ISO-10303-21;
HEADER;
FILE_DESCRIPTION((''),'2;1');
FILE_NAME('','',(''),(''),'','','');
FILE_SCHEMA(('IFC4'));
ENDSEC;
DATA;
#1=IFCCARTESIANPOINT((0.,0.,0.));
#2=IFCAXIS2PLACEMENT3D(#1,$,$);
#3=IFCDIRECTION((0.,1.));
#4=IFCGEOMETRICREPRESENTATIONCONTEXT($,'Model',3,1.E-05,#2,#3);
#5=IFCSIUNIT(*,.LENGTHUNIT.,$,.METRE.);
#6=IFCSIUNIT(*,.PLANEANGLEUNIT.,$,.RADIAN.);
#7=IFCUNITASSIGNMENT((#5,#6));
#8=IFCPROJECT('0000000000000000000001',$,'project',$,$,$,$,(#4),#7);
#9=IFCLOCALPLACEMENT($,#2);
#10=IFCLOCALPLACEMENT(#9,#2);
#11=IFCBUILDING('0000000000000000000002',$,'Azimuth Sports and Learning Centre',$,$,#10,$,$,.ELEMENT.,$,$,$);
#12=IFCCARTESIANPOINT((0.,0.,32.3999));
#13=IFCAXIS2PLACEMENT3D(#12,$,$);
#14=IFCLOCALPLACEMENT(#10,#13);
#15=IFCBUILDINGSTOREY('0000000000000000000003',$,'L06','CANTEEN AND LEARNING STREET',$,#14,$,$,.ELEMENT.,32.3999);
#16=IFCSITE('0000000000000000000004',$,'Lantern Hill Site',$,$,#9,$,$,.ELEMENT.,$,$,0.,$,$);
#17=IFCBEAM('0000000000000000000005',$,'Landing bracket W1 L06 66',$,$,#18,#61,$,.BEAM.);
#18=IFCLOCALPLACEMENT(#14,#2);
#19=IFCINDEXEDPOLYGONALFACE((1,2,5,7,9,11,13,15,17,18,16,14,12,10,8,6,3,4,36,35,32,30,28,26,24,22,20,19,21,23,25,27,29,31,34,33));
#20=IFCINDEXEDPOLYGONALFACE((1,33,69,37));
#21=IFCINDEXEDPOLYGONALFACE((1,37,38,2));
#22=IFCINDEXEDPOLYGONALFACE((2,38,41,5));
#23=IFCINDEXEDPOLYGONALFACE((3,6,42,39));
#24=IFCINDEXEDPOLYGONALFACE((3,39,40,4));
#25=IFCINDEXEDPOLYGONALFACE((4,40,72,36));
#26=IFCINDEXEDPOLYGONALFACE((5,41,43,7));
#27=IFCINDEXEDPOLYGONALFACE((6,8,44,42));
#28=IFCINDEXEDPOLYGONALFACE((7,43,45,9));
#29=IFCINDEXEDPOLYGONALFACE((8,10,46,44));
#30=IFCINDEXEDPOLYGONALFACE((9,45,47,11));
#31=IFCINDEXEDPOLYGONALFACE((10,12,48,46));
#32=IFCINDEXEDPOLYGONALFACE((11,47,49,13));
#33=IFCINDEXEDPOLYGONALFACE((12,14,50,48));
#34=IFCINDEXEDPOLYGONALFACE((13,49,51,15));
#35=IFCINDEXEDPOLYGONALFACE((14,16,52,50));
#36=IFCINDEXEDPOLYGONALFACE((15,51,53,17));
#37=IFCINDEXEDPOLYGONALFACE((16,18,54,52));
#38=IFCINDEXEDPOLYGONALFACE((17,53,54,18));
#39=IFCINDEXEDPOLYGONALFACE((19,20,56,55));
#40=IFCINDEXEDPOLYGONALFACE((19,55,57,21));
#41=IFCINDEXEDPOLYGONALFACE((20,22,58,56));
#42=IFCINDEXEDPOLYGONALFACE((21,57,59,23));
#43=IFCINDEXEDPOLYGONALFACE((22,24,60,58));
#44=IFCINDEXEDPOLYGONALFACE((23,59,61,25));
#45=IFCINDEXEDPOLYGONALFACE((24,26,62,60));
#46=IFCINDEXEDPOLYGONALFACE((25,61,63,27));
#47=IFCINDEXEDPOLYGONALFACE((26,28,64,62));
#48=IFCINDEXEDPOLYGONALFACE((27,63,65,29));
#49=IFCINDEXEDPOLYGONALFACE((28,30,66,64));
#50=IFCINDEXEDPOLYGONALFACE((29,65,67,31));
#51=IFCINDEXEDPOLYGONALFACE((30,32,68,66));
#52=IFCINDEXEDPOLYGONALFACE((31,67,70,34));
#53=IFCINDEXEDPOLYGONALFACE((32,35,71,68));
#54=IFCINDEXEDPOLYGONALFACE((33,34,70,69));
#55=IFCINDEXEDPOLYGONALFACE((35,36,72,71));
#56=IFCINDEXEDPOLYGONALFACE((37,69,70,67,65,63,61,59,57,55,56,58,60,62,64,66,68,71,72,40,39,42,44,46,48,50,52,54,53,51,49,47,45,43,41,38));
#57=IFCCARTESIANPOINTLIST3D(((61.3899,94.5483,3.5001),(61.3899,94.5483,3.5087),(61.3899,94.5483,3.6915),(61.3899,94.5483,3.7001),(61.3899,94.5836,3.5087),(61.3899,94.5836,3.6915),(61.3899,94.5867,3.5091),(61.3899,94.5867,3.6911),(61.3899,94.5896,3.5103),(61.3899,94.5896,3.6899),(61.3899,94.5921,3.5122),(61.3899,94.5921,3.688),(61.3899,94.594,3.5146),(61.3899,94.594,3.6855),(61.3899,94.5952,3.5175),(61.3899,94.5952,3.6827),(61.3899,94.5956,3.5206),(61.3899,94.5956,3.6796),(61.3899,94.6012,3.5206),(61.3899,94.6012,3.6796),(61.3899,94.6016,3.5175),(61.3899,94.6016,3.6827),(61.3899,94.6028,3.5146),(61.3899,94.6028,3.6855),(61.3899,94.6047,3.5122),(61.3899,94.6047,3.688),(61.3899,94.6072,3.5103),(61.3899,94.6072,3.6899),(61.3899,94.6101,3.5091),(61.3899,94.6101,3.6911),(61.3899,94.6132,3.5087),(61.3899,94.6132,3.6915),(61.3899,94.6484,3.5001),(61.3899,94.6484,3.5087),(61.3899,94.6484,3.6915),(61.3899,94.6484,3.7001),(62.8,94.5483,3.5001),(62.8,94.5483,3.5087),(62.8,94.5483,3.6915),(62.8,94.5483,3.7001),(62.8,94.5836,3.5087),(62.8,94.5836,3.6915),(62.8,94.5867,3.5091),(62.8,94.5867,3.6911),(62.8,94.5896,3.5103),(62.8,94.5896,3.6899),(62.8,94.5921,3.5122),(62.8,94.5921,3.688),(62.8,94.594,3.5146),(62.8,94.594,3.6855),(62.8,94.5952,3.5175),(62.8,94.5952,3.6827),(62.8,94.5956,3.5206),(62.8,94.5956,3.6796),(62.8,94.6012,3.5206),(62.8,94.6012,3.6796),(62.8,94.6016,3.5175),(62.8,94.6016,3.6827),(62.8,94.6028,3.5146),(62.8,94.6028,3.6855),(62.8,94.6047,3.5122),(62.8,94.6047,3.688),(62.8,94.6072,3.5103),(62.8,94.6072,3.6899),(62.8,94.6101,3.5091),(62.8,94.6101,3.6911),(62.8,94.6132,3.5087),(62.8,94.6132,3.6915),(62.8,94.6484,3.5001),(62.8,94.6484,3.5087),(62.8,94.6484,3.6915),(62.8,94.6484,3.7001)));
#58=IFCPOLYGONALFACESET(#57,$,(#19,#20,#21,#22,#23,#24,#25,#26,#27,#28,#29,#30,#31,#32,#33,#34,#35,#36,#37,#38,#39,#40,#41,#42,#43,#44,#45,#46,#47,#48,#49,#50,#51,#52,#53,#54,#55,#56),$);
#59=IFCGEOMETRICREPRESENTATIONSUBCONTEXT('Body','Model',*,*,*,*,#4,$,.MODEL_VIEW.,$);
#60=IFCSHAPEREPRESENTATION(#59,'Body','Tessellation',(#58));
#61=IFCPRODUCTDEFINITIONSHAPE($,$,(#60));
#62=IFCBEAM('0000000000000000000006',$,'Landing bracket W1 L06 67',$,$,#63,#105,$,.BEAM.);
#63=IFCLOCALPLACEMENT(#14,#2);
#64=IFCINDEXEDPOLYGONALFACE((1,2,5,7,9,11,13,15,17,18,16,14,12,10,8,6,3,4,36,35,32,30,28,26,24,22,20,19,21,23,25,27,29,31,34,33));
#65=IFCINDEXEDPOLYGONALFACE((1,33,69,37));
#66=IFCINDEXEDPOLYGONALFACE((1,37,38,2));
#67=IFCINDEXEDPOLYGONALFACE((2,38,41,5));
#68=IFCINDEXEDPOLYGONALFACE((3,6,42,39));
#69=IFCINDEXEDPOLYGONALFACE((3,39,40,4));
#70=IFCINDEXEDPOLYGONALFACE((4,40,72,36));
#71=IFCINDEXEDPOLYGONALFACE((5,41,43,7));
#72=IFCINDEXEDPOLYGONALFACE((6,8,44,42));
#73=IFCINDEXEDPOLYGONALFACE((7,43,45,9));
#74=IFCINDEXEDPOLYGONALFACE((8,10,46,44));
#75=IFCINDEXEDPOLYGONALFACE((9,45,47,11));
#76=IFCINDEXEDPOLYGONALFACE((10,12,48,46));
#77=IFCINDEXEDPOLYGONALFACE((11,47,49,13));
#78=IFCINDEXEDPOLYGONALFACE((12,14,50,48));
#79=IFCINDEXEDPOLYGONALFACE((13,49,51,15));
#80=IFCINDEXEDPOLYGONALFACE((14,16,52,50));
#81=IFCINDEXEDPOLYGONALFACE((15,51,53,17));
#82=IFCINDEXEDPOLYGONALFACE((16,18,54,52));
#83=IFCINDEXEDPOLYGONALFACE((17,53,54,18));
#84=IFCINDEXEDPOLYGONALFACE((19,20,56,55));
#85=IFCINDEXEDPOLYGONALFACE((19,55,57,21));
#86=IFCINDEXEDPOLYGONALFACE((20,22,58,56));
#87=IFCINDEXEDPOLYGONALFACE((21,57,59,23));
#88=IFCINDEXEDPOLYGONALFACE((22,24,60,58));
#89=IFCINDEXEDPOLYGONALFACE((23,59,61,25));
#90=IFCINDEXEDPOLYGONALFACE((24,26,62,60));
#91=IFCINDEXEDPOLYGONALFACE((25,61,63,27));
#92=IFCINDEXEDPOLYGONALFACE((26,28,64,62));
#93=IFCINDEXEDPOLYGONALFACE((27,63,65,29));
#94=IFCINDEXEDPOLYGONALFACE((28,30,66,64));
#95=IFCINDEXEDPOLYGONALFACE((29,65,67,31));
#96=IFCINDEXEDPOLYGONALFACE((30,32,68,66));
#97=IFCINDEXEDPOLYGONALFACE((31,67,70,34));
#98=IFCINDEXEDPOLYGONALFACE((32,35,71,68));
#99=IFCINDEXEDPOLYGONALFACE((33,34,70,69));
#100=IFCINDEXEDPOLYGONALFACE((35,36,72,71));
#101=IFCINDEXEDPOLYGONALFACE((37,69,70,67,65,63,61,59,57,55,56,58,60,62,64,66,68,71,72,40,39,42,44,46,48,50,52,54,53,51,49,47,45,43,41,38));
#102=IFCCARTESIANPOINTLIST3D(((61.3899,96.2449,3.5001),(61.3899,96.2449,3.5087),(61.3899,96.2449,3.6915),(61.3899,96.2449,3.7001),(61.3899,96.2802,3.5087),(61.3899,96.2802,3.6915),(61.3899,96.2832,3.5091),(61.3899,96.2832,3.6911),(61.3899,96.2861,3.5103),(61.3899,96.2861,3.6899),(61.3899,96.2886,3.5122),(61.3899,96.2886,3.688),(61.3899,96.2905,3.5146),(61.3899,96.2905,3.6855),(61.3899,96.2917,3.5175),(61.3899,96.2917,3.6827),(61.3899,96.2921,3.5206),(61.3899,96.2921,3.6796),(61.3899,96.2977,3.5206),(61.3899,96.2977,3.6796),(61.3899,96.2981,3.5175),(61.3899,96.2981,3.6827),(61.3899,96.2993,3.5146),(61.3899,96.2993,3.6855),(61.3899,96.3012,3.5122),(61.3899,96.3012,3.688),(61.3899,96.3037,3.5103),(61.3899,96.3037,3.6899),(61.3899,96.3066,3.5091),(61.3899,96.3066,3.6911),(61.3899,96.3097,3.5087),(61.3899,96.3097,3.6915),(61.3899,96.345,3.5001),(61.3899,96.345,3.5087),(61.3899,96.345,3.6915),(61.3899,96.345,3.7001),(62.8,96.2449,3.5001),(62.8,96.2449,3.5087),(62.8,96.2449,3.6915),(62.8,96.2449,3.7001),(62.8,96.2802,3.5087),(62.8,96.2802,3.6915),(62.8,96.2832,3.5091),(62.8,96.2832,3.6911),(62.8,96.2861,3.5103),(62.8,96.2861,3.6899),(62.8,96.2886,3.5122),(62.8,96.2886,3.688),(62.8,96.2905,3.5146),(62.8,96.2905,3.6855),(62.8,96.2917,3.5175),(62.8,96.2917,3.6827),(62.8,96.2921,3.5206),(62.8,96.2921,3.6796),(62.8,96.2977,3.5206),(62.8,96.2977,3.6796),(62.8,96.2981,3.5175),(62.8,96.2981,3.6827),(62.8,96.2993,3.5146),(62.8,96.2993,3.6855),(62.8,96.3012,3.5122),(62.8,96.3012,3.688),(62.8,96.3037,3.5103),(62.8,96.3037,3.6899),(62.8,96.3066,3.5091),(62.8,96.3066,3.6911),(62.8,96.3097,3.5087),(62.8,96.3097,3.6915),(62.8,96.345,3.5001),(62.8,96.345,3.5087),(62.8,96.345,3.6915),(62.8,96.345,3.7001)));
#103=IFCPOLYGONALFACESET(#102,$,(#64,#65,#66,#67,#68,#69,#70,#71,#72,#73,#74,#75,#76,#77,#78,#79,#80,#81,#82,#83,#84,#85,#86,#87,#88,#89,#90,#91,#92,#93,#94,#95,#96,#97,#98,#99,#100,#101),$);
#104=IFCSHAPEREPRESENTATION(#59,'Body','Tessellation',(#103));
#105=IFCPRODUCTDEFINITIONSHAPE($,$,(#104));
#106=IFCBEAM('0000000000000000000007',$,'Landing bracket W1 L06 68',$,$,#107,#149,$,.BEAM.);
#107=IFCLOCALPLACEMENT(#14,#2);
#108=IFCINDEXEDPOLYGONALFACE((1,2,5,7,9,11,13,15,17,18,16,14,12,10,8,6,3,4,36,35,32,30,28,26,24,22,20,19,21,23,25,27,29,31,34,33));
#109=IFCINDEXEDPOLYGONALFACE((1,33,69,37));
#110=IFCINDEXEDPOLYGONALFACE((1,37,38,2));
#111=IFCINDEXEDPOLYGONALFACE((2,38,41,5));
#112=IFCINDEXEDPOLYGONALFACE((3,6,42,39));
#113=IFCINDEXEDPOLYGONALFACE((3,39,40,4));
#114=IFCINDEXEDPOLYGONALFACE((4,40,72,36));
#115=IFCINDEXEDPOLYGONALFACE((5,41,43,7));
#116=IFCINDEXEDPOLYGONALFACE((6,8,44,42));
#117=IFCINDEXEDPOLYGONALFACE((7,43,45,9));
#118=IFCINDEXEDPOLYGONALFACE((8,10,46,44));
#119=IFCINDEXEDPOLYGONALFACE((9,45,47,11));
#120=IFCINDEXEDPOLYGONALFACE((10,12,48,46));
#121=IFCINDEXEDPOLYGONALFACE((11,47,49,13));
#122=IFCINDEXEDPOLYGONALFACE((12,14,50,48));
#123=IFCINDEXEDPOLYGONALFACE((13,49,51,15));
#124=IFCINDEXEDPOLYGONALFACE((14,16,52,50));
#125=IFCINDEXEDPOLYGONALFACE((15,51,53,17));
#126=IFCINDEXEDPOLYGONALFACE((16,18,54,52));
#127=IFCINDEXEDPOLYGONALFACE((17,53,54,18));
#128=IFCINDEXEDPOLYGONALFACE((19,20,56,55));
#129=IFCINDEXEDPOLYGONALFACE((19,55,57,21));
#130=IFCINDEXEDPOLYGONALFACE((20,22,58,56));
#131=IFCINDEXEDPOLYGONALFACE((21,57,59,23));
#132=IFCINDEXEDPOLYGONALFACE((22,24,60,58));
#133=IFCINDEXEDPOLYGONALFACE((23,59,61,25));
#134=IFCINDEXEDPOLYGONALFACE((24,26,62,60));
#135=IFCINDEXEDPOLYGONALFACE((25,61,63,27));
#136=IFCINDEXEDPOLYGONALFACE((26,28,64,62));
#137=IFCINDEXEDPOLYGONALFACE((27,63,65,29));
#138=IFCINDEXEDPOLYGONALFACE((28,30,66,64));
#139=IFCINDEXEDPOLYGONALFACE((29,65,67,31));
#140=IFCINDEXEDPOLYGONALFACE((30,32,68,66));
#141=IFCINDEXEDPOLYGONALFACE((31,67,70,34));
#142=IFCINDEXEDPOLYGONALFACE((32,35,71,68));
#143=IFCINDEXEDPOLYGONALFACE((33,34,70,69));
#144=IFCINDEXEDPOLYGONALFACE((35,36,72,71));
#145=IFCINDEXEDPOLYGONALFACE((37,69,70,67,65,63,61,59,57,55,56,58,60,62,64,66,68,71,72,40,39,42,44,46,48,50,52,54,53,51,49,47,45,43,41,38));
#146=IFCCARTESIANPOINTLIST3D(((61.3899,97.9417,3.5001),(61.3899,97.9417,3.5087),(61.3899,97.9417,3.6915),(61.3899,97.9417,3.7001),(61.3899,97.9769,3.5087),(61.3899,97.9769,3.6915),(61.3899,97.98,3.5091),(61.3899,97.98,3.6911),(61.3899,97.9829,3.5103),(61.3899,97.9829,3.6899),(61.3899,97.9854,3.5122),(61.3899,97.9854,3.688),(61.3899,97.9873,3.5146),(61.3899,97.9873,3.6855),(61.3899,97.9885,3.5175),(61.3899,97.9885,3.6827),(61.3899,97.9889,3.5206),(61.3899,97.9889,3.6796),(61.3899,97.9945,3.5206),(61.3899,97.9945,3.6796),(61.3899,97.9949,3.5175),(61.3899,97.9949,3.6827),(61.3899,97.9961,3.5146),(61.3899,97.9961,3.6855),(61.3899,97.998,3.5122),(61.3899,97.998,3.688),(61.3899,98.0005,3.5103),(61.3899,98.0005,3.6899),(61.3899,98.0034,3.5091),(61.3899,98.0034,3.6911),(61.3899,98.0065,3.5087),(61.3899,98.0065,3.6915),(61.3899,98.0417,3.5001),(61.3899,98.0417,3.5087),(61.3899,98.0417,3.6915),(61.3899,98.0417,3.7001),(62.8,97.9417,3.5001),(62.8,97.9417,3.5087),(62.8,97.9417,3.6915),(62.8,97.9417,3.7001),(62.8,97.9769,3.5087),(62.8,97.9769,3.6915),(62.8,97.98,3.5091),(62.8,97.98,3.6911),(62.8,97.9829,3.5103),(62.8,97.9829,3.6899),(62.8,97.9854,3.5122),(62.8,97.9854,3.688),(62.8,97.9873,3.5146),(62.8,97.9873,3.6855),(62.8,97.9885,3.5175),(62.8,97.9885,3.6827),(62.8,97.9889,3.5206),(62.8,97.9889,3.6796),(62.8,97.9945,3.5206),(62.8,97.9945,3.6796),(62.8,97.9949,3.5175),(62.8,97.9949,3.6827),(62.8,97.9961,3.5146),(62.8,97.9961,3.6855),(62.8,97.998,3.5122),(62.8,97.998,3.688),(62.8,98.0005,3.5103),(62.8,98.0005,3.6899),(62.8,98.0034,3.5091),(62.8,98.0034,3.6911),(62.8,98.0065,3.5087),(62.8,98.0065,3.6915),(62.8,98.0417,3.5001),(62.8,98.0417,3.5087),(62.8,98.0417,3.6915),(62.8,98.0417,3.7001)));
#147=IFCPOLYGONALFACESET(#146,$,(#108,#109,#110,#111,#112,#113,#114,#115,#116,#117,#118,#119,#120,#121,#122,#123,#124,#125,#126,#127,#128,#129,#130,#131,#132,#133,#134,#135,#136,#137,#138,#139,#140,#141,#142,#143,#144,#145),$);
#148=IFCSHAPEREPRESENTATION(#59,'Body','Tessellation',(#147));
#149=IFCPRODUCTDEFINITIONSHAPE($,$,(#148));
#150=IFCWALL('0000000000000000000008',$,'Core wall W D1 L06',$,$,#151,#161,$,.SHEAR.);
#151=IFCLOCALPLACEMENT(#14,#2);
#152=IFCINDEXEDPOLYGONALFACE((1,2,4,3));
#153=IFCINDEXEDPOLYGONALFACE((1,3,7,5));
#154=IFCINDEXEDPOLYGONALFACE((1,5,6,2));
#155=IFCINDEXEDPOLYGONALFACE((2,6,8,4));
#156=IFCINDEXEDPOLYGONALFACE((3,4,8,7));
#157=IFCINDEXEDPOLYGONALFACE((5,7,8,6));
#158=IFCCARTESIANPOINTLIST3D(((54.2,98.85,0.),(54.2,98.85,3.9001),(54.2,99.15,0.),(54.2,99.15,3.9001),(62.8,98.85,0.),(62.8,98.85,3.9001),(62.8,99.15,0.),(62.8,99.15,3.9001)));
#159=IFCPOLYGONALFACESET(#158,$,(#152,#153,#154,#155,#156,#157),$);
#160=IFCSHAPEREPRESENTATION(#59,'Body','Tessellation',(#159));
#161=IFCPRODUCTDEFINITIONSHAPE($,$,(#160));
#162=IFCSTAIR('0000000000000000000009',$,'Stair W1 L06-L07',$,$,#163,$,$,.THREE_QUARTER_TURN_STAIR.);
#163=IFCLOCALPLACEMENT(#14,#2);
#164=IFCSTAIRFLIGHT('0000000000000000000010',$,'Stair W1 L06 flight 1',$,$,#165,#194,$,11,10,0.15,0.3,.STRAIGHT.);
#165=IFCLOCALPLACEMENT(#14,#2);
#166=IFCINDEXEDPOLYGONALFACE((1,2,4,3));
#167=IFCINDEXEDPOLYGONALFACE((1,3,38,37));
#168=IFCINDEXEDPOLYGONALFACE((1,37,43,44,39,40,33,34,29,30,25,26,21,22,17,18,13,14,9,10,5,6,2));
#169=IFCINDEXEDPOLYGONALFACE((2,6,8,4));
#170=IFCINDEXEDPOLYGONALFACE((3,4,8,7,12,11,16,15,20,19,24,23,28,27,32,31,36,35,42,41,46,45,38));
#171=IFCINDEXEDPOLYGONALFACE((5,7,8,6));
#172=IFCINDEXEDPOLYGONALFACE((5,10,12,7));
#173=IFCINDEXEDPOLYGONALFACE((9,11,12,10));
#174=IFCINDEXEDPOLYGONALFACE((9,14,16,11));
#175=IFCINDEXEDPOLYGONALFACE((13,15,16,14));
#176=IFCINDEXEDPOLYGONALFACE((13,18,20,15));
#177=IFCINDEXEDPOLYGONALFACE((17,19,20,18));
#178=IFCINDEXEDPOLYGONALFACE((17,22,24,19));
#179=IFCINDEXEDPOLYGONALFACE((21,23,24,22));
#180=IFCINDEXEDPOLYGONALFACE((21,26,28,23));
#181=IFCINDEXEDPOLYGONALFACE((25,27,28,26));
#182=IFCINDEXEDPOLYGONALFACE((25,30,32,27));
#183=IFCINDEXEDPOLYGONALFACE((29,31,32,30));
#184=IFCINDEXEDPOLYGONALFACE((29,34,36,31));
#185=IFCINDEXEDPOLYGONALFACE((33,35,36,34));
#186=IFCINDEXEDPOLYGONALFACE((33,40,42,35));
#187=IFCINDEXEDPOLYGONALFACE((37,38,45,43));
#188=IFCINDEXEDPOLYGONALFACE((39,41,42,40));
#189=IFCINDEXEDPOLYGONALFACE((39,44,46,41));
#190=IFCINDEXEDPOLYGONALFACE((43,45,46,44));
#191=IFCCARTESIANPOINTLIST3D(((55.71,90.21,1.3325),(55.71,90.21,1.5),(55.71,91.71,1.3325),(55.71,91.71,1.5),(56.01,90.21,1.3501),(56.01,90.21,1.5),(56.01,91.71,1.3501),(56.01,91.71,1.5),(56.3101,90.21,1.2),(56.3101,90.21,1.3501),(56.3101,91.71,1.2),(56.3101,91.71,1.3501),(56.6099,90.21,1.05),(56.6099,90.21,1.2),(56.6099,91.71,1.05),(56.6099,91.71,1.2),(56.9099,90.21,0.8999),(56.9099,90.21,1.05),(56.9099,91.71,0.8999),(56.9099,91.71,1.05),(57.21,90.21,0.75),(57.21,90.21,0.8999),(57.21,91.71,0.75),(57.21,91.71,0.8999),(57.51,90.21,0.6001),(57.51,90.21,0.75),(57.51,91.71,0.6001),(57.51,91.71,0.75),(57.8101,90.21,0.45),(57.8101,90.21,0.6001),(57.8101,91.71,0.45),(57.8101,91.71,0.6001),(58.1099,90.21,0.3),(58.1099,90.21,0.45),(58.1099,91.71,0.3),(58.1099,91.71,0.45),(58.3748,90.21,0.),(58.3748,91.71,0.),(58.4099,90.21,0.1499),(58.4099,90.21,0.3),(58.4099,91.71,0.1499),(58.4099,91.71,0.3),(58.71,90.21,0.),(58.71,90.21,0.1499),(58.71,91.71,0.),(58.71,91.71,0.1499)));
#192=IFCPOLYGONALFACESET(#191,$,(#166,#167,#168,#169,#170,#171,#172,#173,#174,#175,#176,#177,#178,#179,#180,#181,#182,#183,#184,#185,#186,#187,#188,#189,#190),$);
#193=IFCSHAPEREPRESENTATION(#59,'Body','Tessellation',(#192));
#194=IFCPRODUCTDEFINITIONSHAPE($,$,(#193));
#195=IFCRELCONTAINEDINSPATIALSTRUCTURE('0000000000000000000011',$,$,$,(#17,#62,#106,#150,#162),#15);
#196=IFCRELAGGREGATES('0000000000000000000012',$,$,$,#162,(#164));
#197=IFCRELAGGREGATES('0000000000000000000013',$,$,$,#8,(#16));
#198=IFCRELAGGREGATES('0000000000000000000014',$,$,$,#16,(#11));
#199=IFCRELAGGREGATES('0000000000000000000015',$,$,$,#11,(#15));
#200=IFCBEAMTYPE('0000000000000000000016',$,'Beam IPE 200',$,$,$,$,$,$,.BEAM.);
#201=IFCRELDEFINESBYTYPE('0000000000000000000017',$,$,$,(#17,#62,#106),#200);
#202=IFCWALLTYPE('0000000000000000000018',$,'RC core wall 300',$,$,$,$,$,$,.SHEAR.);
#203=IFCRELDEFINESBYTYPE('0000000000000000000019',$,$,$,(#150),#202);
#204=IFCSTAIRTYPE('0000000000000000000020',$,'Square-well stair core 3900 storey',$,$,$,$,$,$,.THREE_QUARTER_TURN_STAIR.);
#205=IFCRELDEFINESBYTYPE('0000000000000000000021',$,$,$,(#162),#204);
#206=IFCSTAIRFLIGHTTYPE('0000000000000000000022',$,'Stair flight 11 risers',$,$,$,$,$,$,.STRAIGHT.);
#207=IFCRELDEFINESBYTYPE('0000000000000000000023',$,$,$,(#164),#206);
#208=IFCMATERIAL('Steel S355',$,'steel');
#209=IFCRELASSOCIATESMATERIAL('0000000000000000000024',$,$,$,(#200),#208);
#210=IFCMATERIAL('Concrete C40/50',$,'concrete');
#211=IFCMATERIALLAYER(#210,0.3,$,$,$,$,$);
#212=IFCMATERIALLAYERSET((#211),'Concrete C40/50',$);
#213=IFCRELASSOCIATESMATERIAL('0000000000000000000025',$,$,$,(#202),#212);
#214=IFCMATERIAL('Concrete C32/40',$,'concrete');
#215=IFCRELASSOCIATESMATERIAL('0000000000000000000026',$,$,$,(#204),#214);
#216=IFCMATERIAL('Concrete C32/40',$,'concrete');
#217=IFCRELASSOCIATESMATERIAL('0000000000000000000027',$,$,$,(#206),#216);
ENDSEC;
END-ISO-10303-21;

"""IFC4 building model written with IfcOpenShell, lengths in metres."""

from ifc_helpers import new_model, si_unit, direction, frame, frame_2d, origin, origin_2d, place, context, subcontext, project, spatial, polyline, rectangle, i_section, outline, extrude, material, layer, layer_set, material_profile, profile_set, type_object, element, aggregate, save


model = new_model("IFC4")

# Units and contexts
model_context = context("Model", 3, precision=1e-05, world=origin(), true_north=direction((0.0, 1.0)))
body_context = subcontext(model_context, "Body", "Model", "MODEL_VIEW")
ifc_project = project(units=[si_unit("LENGTHUNIT", "METRE"), si_unit("PLANEANGLEUNIT", "RADIAN")], contexts=[model_context])

# Site, building, storey
site_placement = place(None, origin())
site = spatial("IfcSite", under=ifc_project, at=site_placement, Name="Lantern Hill Site", CompositionType="ELEMENT", RefElevation=0.0)
building_placement = place(site_placement, origin())
building = spatial("IfcBuilding", under=site, at=building_placement, Name="Azimuth Sports and Learning Centre", CompositionType="ELEMENT")
storey_placement = place(building_placement, frame((0.0, 0.0, 32.3999)))
storey = spatial("IfcBuildingStorey", under=building, at=storey_placement, Name="L06", Description="CANTEEN AND LEARNING STREET", CompositionType="ELEMENT", Elevation=32.3999)

# Beams
ifc_material_1 = material(Name="Steel S355", Category="steel")
ifc_material_profile = material_profile(ifc_material_1, i_section(OverallWidth=0.1001, OverallDepth=0.2, WebThickness=0.0056, FlangeThickness=0.0085, FilletRadius=0.012, at=origin_2d()), Name="IPE 200")
ifc_profile_set = profile_set([ifc_material_profile], Name="Steel S355")
beam_type = type_object("IfcBeamType", Name="Beam IPE 200", PredefinedType="BEAM", material=ifc_profile_set)
for number, where, z_axis, x_axis, name in (
    (1, (62.8, 94.5984, 3.6001), (-1.0, 0.0, 0.0), (0.0, -1.0, 0.0), "Landing bracket W1 L06 66"),
    (2, (62.8, 96.2949, 3.6001), (-1.0, 0.0, 0.0), (0.0, -1.0, 0.0), "Landing bracket W1 L06 67"),
    (3, (62.8, 97.9917, 3.6001), (-1.0, 0.0, 0.0), (0.0, -1.0, 0.0), "Landing bracket W1 L06 68"),
):
    element("IfcBeam", number, at=place(storey_placement, frame(where, z_axis=z_axis, x_axis=x_axis)), inside=storey, type_object=beam_type, Name=name, PredefinedType="BEAM", context=body_context, shape_type="SweptSolid", body=[
        extrude(i_section(OverallWidth=0.1001, OverallDepth=0.2, WebThickness=0.0056, FlangeThickness=0.0085, FilletRadius=0.012, at=origin_2d()), origin(), (0.0, 0.0, 1.0), 1.4102),
    ])

# Wall
ifc_material_2 = material(Name="Concrete C40/50", Category="concrete")
ifc_layer_1 = layer(ifc_material_2, 0.3)
ifc_layer_set_1 = layer_set([ifc_layer_1], Name="Concrete C40/50")
wall_type = type_object("IfcWallType", Name="RC core wall 300", PredefinedType="SHEAR", material=ifc_layer_set_1)
wall_placement = place(storey_placement, frame((54.2, 99.0, 0.0), z_axis=(0.0, 0.0, 1.0), x_axis=(1.0, 0.0, 0.0)))
element("IfcWall", 4, at=wall_placement, inside=storey, type_object=wall_type, Name="Core wall W D1 L06", PredefinedType="SHEAR", context=body_context, shape_type="SweptSolid", body=[
    extrude(rectangle(XDim=8.6001, YDim=0.3, at=frame_2d((4.3, 0.0))), origin(), (0.0, 0.0, 1.0), 3.9001),
])

# Stair, stair flight
ifc_material_3 = material(Name="Concrete C32/40", Category="concrete")
stair_type = type_object("IfcStairType", Name="Square-well stair core 3900 storey", PredefinedType="THREE_QUARTER_TURN_STAIR", material=ifc_material_3)
stair_placement = place(storey_placement, origin())
stair = element("IfcStair", 5, at=stair_placement, inside=storey, type_object=stair_type, Name="Stair W1 L06-L07", PredefinedType="THREE_QUARTER_TURN_STAIR")
ifc_material_4 = material(Name="Concrete C32/40", Category="concrete")
stair_flight_type_1 = type_object("IfcStairFlightType", Name="Stair flight 11 risers", PredefinedType="STRAIGHT", material=ifc_material_4)
stair_flight_1_placement = place(storey_placement, frame((58.71, 90.96, 0.0), z_axis=(0.0, 0.0, 1.0), x_axis=(-1.0, 0.0, 0.0)))
stair_flight_1 = element("IfcStairFlight", 6, at=stair_flight_1_placement, type_object=stair_flight_type_1, Name="Stair W1 L06 flight 1", NumberOfRisers=11, NumberOfTreads=10, PredefinedType="STRAIGHT", RiserHeight=0.15, TreadLength=0.3, context=body_context, shape_type="SweptSolid", body=[
    extrude(outline(polyline([(0.0, 0.0), (0.0, 0.1499), (0.3, 0.1499), (0.3, 0.3), (0.6001, 0.3), (0.6001, 0.45), (0.8999, 0.45), (0.8999, 0.6001), (1.2, 0.6001), (1.2, 0.75), (1.5, 0.75), (1.5, 0.8999), (1.8, 0.8999), (1.8, 1.05), (2.1001, 1.05), (2.1001, 1.2), (2.3999, 1.2), (2.3999, 1.3501), (2.7, 1.3501), (2.7, 1.5), (3.0, 1.5), (3.0, 1.6499), (3.0, 1.3325), (0.3352, 0.0), (0.0, 0.0)])), frame((0.0, 0.75, 0.0), z_axis=(0.0, -1.0, 0.0), x_axis=(1.0, 0.0, 0.0)), (0.0, 0.0, 1.0), 1.5),
])
aggregate(stair, [stair_flight_1])

save(model, "model.ifc")
